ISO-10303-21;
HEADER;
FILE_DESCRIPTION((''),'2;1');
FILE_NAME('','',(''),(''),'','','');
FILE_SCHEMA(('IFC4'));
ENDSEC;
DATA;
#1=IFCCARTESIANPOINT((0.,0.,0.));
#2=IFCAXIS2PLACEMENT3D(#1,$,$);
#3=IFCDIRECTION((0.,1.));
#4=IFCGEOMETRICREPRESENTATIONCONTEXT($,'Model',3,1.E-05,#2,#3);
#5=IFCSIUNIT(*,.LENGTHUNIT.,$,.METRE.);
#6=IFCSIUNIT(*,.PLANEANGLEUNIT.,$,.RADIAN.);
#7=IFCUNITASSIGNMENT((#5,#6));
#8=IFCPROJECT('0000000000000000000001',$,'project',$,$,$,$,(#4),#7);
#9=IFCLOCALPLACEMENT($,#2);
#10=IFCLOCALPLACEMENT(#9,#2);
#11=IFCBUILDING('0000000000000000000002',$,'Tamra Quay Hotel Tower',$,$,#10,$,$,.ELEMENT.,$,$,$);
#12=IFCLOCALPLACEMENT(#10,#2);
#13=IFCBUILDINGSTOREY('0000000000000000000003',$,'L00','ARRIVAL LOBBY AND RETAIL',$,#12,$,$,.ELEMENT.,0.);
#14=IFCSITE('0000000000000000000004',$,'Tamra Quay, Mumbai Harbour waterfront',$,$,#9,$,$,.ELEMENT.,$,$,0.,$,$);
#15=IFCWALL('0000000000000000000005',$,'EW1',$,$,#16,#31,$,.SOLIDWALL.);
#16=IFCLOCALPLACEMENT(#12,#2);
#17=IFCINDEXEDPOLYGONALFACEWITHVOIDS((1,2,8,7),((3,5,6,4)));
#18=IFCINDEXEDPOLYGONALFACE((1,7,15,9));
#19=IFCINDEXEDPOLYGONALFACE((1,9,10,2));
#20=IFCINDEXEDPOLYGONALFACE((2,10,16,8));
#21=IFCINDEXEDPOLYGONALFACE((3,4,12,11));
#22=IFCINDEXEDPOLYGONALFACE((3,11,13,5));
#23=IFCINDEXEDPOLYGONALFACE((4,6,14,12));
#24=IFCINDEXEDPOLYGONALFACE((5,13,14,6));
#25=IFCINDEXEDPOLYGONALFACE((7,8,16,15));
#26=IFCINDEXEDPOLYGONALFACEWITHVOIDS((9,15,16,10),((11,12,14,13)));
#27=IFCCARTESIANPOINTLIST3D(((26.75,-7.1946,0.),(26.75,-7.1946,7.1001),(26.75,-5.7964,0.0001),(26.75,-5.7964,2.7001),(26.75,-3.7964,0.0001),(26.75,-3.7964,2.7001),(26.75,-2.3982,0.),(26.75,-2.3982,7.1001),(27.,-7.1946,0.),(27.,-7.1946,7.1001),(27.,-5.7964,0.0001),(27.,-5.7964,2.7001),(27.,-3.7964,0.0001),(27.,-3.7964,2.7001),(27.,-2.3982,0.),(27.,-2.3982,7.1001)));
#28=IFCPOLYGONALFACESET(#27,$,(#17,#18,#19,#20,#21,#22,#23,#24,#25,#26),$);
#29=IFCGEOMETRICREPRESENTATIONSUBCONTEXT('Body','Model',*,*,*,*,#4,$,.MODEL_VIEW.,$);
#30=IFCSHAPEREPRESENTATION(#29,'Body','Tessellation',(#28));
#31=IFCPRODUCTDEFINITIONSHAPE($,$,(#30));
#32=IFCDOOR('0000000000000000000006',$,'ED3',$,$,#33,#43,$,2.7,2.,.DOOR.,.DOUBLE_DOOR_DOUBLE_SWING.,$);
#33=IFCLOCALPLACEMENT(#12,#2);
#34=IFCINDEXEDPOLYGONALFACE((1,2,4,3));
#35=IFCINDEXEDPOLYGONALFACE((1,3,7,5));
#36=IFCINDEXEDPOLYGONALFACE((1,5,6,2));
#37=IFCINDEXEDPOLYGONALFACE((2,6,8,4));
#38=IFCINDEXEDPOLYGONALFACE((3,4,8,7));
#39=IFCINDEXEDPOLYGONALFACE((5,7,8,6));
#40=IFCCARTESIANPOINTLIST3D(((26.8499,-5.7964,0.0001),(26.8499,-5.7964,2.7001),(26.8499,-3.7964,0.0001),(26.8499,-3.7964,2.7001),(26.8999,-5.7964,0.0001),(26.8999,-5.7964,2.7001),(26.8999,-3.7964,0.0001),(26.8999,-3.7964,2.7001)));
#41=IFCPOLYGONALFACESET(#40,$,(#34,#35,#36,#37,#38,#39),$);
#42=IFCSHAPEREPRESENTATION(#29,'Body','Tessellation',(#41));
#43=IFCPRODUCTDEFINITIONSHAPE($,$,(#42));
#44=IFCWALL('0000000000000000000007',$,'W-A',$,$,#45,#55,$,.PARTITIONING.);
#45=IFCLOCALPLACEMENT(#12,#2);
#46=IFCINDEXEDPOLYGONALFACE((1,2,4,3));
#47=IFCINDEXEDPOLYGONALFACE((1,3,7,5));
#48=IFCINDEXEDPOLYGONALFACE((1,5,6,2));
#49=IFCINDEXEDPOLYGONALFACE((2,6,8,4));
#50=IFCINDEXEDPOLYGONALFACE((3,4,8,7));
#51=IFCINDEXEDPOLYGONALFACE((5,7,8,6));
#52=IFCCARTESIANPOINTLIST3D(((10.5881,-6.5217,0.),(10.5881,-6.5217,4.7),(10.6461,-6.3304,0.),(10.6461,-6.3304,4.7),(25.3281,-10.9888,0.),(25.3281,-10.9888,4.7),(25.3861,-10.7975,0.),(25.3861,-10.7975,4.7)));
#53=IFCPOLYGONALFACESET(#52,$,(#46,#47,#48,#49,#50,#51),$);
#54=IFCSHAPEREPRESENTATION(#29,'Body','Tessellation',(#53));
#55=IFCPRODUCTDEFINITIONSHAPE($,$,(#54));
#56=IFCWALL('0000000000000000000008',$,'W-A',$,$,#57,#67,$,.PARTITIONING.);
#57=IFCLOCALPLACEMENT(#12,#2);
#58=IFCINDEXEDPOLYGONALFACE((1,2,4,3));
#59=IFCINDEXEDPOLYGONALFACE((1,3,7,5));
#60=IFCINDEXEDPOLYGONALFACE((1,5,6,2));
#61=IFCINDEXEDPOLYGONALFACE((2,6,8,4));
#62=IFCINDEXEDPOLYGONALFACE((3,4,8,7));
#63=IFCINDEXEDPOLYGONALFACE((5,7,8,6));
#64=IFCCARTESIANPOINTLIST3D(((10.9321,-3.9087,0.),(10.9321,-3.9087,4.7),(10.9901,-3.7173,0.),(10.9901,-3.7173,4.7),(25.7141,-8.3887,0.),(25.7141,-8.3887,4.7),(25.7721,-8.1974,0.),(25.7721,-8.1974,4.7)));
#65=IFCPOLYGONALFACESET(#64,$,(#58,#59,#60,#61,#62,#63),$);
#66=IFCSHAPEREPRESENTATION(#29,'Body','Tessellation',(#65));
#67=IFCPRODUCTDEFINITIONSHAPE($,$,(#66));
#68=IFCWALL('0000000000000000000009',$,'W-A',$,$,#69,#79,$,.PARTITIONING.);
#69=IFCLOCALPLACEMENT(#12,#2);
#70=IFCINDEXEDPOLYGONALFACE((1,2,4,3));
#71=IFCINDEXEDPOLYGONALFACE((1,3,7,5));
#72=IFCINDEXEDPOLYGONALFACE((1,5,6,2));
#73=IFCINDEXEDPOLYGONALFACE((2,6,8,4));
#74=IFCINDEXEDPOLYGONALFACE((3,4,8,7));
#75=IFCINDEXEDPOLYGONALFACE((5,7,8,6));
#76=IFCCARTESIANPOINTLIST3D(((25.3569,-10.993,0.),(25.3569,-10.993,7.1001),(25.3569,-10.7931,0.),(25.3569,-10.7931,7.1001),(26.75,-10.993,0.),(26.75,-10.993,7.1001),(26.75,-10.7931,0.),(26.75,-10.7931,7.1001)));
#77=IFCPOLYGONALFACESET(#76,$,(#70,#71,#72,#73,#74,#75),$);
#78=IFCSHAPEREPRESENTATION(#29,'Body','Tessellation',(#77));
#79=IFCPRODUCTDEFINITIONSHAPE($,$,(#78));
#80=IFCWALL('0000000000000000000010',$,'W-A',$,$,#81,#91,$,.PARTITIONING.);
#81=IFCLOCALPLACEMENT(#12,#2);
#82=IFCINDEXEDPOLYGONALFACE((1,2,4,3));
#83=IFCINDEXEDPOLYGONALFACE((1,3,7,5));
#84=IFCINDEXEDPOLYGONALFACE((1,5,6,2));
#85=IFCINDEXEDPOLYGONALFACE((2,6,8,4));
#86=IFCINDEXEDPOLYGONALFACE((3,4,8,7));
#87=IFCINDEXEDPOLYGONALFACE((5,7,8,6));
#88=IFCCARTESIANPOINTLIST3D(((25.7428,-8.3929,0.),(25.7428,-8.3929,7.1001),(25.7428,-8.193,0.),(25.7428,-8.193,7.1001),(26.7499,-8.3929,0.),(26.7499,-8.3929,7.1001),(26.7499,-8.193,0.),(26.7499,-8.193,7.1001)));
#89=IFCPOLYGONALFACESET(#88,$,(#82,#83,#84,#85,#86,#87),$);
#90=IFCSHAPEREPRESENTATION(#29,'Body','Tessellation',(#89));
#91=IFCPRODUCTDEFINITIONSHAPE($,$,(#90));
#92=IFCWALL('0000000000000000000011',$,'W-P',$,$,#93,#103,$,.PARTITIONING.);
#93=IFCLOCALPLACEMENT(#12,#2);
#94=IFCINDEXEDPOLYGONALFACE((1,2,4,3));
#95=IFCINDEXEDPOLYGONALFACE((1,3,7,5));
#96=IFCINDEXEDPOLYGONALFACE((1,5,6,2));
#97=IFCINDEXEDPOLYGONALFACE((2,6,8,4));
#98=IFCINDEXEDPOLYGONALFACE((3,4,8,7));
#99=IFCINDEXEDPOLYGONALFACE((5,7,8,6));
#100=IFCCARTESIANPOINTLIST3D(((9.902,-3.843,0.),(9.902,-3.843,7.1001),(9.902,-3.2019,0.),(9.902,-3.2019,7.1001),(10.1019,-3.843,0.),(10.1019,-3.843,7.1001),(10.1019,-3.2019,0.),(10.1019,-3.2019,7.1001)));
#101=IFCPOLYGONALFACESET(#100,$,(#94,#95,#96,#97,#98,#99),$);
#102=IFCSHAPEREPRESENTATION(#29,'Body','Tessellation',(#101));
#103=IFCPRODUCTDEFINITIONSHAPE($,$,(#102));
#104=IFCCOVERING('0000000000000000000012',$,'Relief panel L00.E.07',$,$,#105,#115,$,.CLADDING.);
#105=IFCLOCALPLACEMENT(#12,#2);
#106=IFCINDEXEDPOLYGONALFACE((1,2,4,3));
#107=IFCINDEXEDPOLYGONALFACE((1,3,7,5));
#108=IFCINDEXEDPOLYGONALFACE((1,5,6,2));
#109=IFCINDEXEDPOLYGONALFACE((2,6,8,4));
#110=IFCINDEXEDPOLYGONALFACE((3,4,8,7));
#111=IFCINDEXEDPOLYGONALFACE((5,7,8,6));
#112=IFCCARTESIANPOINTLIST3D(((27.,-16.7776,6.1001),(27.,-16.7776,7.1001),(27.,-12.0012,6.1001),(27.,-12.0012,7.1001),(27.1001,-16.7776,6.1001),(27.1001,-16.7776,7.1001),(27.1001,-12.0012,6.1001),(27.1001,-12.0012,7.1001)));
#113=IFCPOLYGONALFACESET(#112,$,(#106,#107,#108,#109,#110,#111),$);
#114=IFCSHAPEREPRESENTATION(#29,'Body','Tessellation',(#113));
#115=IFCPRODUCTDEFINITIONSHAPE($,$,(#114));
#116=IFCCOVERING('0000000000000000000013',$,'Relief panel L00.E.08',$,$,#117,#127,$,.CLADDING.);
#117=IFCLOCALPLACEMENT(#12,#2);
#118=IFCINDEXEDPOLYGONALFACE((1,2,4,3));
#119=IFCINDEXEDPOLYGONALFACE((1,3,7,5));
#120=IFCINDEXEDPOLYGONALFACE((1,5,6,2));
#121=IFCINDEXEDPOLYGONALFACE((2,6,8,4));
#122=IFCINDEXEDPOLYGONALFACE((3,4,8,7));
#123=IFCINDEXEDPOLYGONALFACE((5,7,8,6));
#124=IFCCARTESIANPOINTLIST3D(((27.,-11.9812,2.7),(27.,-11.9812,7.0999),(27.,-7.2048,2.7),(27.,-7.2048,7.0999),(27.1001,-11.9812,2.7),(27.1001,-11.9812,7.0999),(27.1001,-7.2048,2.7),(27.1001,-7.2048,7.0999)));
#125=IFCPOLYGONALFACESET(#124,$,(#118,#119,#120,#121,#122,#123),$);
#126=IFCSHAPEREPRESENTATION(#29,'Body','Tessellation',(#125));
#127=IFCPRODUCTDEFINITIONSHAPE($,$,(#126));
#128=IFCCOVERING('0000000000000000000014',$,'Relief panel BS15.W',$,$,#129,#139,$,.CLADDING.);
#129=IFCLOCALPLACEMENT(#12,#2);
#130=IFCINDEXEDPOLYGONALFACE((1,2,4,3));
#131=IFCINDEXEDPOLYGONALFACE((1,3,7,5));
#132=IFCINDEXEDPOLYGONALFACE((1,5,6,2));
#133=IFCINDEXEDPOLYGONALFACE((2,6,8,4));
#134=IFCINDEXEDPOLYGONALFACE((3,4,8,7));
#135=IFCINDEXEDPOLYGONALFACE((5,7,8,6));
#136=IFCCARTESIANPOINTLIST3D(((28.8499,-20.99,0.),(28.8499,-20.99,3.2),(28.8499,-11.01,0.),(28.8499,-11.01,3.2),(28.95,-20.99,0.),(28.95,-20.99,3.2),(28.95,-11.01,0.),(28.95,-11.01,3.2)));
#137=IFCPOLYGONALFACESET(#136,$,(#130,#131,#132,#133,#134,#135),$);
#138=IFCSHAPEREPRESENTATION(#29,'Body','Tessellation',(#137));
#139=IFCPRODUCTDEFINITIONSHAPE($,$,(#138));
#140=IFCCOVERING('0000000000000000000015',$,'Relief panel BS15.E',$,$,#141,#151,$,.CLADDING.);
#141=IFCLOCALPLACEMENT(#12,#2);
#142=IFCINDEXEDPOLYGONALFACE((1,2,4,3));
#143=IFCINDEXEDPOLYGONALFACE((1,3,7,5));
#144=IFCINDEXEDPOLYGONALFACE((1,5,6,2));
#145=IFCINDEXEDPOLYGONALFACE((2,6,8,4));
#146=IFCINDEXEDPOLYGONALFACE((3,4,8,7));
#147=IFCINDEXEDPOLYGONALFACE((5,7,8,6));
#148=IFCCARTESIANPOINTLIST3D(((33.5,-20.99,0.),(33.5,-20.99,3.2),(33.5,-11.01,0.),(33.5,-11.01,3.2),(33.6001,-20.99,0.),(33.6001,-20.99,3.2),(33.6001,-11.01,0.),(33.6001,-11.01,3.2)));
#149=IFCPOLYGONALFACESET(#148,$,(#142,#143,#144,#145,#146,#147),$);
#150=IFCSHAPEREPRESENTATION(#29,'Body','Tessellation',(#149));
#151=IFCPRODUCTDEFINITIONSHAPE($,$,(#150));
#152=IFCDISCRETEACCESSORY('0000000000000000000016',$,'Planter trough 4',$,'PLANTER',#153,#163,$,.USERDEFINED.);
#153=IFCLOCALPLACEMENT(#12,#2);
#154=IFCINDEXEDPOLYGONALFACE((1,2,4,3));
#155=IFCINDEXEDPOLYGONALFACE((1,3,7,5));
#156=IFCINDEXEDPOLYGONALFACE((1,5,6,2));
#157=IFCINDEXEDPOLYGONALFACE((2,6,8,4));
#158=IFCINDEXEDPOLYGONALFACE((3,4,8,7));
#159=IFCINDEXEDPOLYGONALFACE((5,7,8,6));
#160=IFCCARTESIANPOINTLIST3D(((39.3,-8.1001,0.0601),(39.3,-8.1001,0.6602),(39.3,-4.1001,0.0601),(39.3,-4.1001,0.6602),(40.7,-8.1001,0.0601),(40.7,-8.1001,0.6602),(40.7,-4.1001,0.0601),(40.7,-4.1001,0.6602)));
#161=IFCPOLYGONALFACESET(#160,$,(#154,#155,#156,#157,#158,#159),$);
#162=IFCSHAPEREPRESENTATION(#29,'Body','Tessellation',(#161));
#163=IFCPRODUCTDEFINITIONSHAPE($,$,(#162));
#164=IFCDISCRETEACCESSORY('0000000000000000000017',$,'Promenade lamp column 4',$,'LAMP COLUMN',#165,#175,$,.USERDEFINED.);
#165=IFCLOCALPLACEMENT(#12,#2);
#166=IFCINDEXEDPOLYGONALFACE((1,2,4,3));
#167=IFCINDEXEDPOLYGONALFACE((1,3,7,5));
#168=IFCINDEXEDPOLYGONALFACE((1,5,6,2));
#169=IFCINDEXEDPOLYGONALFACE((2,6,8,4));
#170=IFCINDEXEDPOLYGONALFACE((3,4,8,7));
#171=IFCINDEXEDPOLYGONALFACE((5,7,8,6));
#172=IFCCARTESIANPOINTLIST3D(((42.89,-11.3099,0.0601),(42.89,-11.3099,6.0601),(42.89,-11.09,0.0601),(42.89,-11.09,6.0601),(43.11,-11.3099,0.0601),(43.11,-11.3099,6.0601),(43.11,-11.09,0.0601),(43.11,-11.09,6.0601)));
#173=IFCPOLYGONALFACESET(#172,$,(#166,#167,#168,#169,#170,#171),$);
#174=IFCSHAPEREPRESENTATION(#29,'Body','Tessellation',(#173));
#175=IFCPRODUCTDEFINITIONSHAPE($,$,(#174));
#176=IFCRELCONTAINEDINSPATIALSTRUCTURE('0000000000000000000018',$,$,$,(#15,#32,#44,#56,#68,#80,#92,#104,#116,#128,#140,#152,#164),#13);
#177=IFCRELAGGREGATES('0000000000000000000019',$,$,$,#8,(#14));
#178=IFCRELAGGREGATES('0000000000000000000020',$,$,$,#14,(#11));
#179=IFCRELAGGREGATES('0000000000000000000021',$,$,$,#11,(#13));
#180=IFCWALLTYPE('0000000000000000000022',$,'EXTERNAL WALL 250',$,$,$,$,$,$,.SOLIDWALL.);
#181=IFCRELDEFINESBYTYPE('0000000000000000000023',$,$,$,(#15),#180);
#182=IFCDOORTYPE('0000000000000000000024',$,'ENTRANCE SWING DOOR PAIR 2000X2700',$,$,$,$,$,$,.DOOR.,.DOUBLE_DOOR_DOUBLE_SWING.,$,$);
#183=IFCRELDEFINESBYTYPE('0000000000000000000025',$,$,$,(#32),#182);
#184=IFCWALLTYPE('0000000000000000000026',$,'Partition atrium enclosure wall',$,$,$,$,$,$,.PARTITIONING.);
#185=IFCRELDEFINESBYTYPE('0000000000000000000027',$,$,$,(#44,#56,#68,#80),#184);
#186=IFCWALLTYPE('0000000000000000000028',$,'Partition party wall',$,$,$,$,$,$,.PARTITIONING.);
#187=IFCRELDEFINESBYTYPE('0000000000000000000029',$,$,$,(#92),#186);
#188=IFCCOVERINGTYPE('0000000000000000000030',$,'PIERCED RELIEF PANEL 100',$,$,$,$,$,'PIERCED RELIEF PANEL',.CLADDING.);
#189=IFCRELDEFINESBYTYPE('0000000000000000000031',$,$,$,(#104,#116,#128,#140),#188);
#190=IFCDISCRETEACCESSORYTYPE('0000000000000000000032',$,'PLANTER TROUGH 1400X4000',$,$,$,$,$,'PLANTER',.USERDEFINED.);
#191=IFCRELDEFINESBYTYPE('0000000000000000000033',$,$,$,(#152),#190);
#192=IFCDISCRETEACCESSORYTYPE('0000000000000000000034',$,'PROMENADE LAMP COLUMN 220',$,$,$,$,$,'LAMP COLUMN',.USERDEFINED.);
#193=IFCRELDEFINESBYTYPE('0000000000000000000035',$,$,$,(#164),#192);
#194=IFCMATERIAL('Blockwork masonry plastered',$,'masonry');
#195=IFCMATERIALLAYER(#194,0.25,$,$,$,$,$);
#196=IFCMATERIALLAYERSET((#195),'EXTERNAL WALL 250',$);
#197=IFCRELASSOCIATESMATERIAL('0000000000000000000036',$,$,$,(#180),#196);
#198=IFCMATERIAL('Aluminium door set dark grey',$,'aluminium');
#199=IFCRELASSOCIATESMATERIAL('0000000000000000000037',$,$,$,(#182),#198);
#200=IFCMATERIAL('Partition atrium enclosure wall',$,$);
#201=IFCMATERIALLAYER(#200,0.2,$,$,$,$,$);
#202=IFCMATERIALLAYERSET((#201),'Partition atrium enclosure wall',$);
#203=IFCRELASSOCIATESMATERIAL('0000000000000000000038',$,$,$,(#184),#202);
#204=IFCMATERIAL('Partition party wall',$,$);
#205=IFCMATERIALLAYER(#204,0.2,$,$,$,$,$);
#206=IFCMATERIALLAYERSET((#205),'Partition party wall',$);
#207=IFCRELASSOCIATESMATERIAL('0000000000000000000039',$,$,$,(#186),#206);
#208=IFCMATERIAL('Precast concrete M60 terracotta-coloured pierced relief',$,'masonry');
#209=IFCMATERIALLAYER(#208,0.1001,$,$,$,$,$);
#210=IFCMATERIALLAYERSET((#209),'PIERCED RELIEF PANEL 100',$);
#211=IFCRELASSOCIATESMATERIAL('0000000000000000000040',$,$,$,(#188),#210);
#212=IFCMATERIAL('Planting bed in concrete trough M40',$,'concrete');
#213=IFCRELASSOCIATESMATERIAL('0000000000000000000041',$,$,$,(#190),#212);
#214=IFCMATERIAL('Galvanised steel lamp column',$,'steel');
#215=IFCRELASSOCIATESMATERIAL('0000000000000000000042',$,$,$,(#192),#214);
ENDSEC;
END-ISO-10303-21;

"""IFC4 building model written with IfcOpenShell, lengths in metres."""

from ifc_helpers import new_model, si_unit, direction, frame, frame_2d, origin, origin_2d, place, context, subcontext, project, spatial, rectangle, extrude, material, layer, layer_set, type_object, element, fill, save


model = new_model("IFC4")

# Units and contexts
model_context = context("Model", 3, precision=1e-05, world=origin(), true_north=direction((0.0, 1.0)))
body_context = subcontext(model_context, "Body", "Model", "MODEL_VIEW")
ifc_project = project(units=[si_unit("LENGTHUNIT", "METRE"), si_unit("PLANEANGLEUNIT", "RADIAN")], contexts=[model_context])

# Site, building, storey
site_placement = place(None, origin())
site = spatial("IfcSite", under=ifc_project, at=site_placement, Name="Tamra Quay, Mumbai Harbour waterfront", CompositionType="ELEMENT", RefElevation=0.0)
building_placement = place(site_placement, origin())
building = spatial("IfcBuilding", under=site, at=building_placement, Name="Tamra Quay Hotel Tower", CompositionType="ELEMENT")
storey_placement = place(building_placement, origin())
storey = spatial("IfcBuildingStorey", under=building, at=storey_placement, Name="L00", Description="ARRIVAL LOBBY AND RETAIL", CompositionType="ELEMENT", Elevation=0.0)

# Wall, opening, door
ifc_material_1 = material(Name="Blockwork masonry plastered", Category="masonry")
ifc_layer_1 = layer(ifc_material_1, 0.25)
ifc_layer_set_1 = layer_set([ifc_layer_1], Name="EXTERNAL WALL 250")
wall_type_1 = type_object("IfcWallType", Name="EXTERNAL WALL 250", PredefinedType="SOLIDWALL", material=ifc_layer_set_1)
ifc_material_2 = material(Name="Aluminium door set dark grey", Category="aluminium")
wall_1_placement = place(storey_placement, frame((26.875, -2.3982, 0.0), z_axis=(0.0, 0.0, 1.0), x_axis=(0.0, -1.0, 0.0)))
wall_1 = element("IfcWall", 1, at=wall_1_placement, inside=storey, type_object=wall_type_1, Name="EW1", PredefinedType="SOLIDWALL", context=body_context, shape_type="SweptSolid", body=[
    extrude(rectangle(XDim=4.7964, YDim=0.25, at=frame_2d((2.3982, 0.0))), origin(), (0.0, 0.0, 1.0), 7.1001),
])
opening_1_placement = place(wall_1_placement, frame((1.3982, 0.0, 0.0)))
opening_1 = element("IfcOpeningElement", 2, at=opening_1_placement, cuts=wall_1, PredefinedType="OPENING", context=body_context, shape_type="SweptSolid", body=[
    extrude(rectangle(XDim=2.0, YDim=2.7, at=frame_2d((1.0, 1.3501))), frame((0.0, 0.135, 0.0), z_axis=(0.0, -1.0, 0.0), x_axis=(1.0, 0.0, 0.0)), (0.0, 0.0, 1.0), 0.27),
])
door_type_1 = type_object("IfcDoorType", Name="ENTRANCE SWING DOOR PAIR 2000X2700", OperationType="DOUBLE_DOOR_DOUBLE_SWING", PredefinedType="DOOR", material=ifc_material_2)
door_1_placement = place(opening_1_placement, origin())
door_1 = element("IfcDoor", 3, at=door_1_placement, inside=storey, type_object=door_type_1, Name="ED3", OperationType="DOUBLE_DOOR_DOUBLE_SWING", OverallHeight=2.7, OverallWidth=2.0, PredefinedType="DOOR", context=body_context, shape_type="SweptSolid", body=[
    extrude(rectangle(XDim=2.0, YDim=2.7, at=frame_2d((1.0, 1.3501))), frame((0.0, 0.0249, 0.0), z_axis=(0.0, -1.0, 0.0), x_axis=(1.0, 0.0, 0.0)), (0.0, 0.0, 1.0), 0.05),
])
fill(opening_1, door_1)

# Walls
ifc_material_3 = material(Name="Partition atrium enclosure wall")
ifc_layer_2 = layer(ifc_material_3, 0.2)
ifc_layer_set_2 = layer_set([ifc_layer_2], Name="Partition atrium enclosure wall")
wall_type_2 = type_object("IfcWallType", Name="Partition atrium enclosure wall", PredefinedType="PARTITIONING", material=ifc_layer_set_2)
wall_2_placement = place(storey_placement, frame((10.6169, -6.426, 0.0), z_axis=(0.0, 0.0, 1.0), x_axis=(0.957018, -0.29003, 0.0)))
element("IfcWall", 4, at=wall_2_placement, inside=storey, type_object=wall_type_2, Name="W-A", PredefinedType="PARTITIONING", context=body_context, shape_type="SweptSolid", body=[
    extrude(rectangle(XDim=15.4021, YDim=0.2, at=frame_2d((7.7012, 0.0))), origin(), (0.0, 0.0, 1.0), 4.7),
])
wall_3_placement = place(storey_placement, frame((10.9609, -3.813, 0.0), z_axis=(0.0, 0.0, 1.0), x_axis=(0.957014, -0.290042, 0.0)))
element("IfcWall", 5, at=wall_3_placement, inside=storey, type_object=wall_type_2, Name="W-A", PredefinedType="PARTITIONING", context=body_context, shape_type="SweptSolid", body=[
    extrude(rectangle(XDim=15.446, YDim=0.2, at=frame_2d((7.7231, 0.0))), origin(), (0.0, 0.0, 1.0), 4.7),
])
wall_4_placement = place(storey_placement, frame((25.3569, -10.8931, 0.0), z_axis=(0.0, 0.0, 1.0), x_axis=(1.0, 0.0, 0.0)))
element("IfcWall", 6, at=wall_4_placement, inside=storey, type_object=wall_type_2, Name="W-A", PredefinedType="PARTITIONING", context=body_context, shape_type="SweptSolid", body=[
    extrude(rectangle(XDim=1.3931, YDim=0.2, at=frame_2d((0.6965, 0.0))), origin(), (0.0, 0.0, 1.0), 7.1001),
])
wall_5_placement = place(storey_placement, frame((25.7429, -8.293, 0.0), z_axis=(0.0, 0.0, 1.0), x_axis=(1.0, 0.0, 0.0)))
element("IfcWall", 7, at=wall_5_placement, inside=storey, type_object=wall_type_2, Name="W-A", PredefinedType="PARTITIONING", context=body_context, shape_type="SweptSolid", body=[
    extrude(rectangle(XDim=1.0071, YDim=0.2, at=frame_2d((0.5034, 0.0))), origin(), (0.0, 0.0, 1.0), 7.1001),
])
ifc_material_4 = material(Name="Partition party wall")
ifc_layer_3 = layer(ifc_material_4, 0.2)
ifc_layer_set_3 = layer_set([ifc_layer_3], Name="Partition party wall")
wall_type_3 = type_object("IfcWallType", Name="Partition party wall", PredefinedType="PARTITIONING", material=ifc_layer_set_3)
wall_6_placement = place(storey_placement, frame((10.002, -3.843, 0.0), z_axis=(0.0, 0.0, 1.0), x_axis=(0.0, 1.0, 0.0)))
element("IfcWall", 8, at=wall_6_placement, inside=storey, type_object=wall_type_3, Name="W-P", PredefinedType="PARTITIONING", context=body_context, shape_type="SweptSolid", body=[
    extrude(rectangle(XDim=0.6411, YDim=0.2, at=frame_2d((0.3206, 0.0))), origin(), (0.0, 0.0, 1.0), 7.1001),
])

# Coverings
ifc_material_5 = material(Name="Precast concrete M60 terracotta-coloured pierced relief", Category="masonry")
ifc_layer_4 = layer(ifc_material_5, 0.1001)
ifc_layer_set_4 = layer_set([ifc_layer_4], Name="PIERCED RELIEF PANEL 100")
covering_type = type_object("IfcCoveringType", Name="PIERCED RELIEF PANEL 100", ElementType="PIERCED RELIEF PANEL", PredefinedType="CLADDING", material=ifc_layer_set_4)
covering_1_placement = place(storey_placement, frame((27.05, -14.3894, 6.1001), z_axis=(0.0, 0.0, 1.0), x_axis=(0.0, 1.0, 0.0)))
element("IfcCovering", 9, at=covering_1_placement, inside=storey, type_object=covering_type, Name="Relief panel L00.E.07", PredefinedType="CLADDING", context=body_context, shape_type="SweptSolid", body=[
    extrude(rectangle(XDim=4.7764, YDim=0.1001, at=origin_2d()), origin(), (0.0, 0.0, 1.0), 1.0),
])
covering_2_placement = place(storey_placement, frame((27.05, -9.593, 2.7), z_axis=(0.0, 0.0, 1.0), x_axis=(0.0, 1.0, 0.0)))
element("IfcCovering", 10, at=covering_2_placement, inside=storey, type_object=covering_type, Name="Relief panel L00.E.08", PredefinedType="CLADDING", context=body_context, shape_type="SweptSolid", body=[
    extrude(rectangle(XDim=4.7764, YDim=0.1001, at=origin_2d()), origin(), (0.0, 0.0, 1.0), 4.3999),
])
for number, where, z_axis, x_axis, name in (
    (11, (28.8999, -16.0, 0.0), (0.0, 0.0, 1.0), (0.0, -1.0, 0.0), "Relief panel BS15.W"),
    (12, (33.55, -16.0, 0.0), (0.0, 0.0, 1.0), (0.0, 1.0, 0.0), "Relief panel BS15.E"),
):
    element("IfcCovering", number, at=place(storey_placement, frame(where, z_axis=z_axis, x_axis=x_axis)), inside=storey, type_object=covering_type, Name=name, PredefinedType="CLADDING", context=body_context, shape_type="SweptSolid", body=[
        extrude(rectangle(XDim=9.98, YDim=0.1001, at=origin_2d()), origin(), (0.0, 0.0, 1.0), 3.2),
    ])

# Discrete accessories
ifc_material_6 = material(Name="Planting bed in concrete trough M40", Category="concrete")
discrete_accessory_type_1 = type_object("IfcDiscreteAccessoryType", Name="PLANTER TROUGH 1400X4000", ElementType="PLANTER", PredefinedType="USERDEFINED", material=ifc_material_6)
discrete_accessory_1_placement = place(storey_placement, frame((40.0, -6.1001, 0.0601), z_axis=(0.0, 0.0, 1.0), x_axis=(1.0, 0.0, 0.0)))
element("IfcDiscreteAccessory", 13, at=discrete_accessory_1_placement, inside=storey, type_object=discrete_accessory_type_1, Name="Planter trough 4", ObjectType="PLANTER", PredefinedType="USERDEFINED", context=body_context, shape_type="SweptSolid", body=[
    extrude(rectangle(XDim=1.3999, YDim=4.0, at=origin_2d()), origin(), (0.0, 0.0, 1.0), 0.6001),
])
ifc_material_7 = material(Name="Galvanised steel lamp column", Category="steel")
discrete_accessory_type_2 = type_object("IfcDiscreteAccessoryType", Name="PROMENADE LAMP COLUMN 220", ElementType="LAMP COLUMN", PredefinedType="USERDEFINED", material=ifc_material_7)
discrete_accessory_2_placement = place(storey_placement, frame((43.0, -11.2, 0.0601), z_axis=(0.0, 0.0, 1.0), x_axis=(1.0, 0.0, 0.0)))
element("IfcDiscreteAccessory", 14, at=discrete_accessory_2_placement, inside=storey, type_object=discrete_accessory_type_2, Name="Promenade lamp column 4", ObjectType="LAMP COLUMN", PredefinedType="USERDEFINED", context=body_context, shape_type="SweptSolid", body=[
    extrude(rectangle(XDim=0.22, YDim=0.22, at=origin_2d()), origin(), (0.0, 0.0, 1.0), 6.0),
])

save(model, "model.ifc")
